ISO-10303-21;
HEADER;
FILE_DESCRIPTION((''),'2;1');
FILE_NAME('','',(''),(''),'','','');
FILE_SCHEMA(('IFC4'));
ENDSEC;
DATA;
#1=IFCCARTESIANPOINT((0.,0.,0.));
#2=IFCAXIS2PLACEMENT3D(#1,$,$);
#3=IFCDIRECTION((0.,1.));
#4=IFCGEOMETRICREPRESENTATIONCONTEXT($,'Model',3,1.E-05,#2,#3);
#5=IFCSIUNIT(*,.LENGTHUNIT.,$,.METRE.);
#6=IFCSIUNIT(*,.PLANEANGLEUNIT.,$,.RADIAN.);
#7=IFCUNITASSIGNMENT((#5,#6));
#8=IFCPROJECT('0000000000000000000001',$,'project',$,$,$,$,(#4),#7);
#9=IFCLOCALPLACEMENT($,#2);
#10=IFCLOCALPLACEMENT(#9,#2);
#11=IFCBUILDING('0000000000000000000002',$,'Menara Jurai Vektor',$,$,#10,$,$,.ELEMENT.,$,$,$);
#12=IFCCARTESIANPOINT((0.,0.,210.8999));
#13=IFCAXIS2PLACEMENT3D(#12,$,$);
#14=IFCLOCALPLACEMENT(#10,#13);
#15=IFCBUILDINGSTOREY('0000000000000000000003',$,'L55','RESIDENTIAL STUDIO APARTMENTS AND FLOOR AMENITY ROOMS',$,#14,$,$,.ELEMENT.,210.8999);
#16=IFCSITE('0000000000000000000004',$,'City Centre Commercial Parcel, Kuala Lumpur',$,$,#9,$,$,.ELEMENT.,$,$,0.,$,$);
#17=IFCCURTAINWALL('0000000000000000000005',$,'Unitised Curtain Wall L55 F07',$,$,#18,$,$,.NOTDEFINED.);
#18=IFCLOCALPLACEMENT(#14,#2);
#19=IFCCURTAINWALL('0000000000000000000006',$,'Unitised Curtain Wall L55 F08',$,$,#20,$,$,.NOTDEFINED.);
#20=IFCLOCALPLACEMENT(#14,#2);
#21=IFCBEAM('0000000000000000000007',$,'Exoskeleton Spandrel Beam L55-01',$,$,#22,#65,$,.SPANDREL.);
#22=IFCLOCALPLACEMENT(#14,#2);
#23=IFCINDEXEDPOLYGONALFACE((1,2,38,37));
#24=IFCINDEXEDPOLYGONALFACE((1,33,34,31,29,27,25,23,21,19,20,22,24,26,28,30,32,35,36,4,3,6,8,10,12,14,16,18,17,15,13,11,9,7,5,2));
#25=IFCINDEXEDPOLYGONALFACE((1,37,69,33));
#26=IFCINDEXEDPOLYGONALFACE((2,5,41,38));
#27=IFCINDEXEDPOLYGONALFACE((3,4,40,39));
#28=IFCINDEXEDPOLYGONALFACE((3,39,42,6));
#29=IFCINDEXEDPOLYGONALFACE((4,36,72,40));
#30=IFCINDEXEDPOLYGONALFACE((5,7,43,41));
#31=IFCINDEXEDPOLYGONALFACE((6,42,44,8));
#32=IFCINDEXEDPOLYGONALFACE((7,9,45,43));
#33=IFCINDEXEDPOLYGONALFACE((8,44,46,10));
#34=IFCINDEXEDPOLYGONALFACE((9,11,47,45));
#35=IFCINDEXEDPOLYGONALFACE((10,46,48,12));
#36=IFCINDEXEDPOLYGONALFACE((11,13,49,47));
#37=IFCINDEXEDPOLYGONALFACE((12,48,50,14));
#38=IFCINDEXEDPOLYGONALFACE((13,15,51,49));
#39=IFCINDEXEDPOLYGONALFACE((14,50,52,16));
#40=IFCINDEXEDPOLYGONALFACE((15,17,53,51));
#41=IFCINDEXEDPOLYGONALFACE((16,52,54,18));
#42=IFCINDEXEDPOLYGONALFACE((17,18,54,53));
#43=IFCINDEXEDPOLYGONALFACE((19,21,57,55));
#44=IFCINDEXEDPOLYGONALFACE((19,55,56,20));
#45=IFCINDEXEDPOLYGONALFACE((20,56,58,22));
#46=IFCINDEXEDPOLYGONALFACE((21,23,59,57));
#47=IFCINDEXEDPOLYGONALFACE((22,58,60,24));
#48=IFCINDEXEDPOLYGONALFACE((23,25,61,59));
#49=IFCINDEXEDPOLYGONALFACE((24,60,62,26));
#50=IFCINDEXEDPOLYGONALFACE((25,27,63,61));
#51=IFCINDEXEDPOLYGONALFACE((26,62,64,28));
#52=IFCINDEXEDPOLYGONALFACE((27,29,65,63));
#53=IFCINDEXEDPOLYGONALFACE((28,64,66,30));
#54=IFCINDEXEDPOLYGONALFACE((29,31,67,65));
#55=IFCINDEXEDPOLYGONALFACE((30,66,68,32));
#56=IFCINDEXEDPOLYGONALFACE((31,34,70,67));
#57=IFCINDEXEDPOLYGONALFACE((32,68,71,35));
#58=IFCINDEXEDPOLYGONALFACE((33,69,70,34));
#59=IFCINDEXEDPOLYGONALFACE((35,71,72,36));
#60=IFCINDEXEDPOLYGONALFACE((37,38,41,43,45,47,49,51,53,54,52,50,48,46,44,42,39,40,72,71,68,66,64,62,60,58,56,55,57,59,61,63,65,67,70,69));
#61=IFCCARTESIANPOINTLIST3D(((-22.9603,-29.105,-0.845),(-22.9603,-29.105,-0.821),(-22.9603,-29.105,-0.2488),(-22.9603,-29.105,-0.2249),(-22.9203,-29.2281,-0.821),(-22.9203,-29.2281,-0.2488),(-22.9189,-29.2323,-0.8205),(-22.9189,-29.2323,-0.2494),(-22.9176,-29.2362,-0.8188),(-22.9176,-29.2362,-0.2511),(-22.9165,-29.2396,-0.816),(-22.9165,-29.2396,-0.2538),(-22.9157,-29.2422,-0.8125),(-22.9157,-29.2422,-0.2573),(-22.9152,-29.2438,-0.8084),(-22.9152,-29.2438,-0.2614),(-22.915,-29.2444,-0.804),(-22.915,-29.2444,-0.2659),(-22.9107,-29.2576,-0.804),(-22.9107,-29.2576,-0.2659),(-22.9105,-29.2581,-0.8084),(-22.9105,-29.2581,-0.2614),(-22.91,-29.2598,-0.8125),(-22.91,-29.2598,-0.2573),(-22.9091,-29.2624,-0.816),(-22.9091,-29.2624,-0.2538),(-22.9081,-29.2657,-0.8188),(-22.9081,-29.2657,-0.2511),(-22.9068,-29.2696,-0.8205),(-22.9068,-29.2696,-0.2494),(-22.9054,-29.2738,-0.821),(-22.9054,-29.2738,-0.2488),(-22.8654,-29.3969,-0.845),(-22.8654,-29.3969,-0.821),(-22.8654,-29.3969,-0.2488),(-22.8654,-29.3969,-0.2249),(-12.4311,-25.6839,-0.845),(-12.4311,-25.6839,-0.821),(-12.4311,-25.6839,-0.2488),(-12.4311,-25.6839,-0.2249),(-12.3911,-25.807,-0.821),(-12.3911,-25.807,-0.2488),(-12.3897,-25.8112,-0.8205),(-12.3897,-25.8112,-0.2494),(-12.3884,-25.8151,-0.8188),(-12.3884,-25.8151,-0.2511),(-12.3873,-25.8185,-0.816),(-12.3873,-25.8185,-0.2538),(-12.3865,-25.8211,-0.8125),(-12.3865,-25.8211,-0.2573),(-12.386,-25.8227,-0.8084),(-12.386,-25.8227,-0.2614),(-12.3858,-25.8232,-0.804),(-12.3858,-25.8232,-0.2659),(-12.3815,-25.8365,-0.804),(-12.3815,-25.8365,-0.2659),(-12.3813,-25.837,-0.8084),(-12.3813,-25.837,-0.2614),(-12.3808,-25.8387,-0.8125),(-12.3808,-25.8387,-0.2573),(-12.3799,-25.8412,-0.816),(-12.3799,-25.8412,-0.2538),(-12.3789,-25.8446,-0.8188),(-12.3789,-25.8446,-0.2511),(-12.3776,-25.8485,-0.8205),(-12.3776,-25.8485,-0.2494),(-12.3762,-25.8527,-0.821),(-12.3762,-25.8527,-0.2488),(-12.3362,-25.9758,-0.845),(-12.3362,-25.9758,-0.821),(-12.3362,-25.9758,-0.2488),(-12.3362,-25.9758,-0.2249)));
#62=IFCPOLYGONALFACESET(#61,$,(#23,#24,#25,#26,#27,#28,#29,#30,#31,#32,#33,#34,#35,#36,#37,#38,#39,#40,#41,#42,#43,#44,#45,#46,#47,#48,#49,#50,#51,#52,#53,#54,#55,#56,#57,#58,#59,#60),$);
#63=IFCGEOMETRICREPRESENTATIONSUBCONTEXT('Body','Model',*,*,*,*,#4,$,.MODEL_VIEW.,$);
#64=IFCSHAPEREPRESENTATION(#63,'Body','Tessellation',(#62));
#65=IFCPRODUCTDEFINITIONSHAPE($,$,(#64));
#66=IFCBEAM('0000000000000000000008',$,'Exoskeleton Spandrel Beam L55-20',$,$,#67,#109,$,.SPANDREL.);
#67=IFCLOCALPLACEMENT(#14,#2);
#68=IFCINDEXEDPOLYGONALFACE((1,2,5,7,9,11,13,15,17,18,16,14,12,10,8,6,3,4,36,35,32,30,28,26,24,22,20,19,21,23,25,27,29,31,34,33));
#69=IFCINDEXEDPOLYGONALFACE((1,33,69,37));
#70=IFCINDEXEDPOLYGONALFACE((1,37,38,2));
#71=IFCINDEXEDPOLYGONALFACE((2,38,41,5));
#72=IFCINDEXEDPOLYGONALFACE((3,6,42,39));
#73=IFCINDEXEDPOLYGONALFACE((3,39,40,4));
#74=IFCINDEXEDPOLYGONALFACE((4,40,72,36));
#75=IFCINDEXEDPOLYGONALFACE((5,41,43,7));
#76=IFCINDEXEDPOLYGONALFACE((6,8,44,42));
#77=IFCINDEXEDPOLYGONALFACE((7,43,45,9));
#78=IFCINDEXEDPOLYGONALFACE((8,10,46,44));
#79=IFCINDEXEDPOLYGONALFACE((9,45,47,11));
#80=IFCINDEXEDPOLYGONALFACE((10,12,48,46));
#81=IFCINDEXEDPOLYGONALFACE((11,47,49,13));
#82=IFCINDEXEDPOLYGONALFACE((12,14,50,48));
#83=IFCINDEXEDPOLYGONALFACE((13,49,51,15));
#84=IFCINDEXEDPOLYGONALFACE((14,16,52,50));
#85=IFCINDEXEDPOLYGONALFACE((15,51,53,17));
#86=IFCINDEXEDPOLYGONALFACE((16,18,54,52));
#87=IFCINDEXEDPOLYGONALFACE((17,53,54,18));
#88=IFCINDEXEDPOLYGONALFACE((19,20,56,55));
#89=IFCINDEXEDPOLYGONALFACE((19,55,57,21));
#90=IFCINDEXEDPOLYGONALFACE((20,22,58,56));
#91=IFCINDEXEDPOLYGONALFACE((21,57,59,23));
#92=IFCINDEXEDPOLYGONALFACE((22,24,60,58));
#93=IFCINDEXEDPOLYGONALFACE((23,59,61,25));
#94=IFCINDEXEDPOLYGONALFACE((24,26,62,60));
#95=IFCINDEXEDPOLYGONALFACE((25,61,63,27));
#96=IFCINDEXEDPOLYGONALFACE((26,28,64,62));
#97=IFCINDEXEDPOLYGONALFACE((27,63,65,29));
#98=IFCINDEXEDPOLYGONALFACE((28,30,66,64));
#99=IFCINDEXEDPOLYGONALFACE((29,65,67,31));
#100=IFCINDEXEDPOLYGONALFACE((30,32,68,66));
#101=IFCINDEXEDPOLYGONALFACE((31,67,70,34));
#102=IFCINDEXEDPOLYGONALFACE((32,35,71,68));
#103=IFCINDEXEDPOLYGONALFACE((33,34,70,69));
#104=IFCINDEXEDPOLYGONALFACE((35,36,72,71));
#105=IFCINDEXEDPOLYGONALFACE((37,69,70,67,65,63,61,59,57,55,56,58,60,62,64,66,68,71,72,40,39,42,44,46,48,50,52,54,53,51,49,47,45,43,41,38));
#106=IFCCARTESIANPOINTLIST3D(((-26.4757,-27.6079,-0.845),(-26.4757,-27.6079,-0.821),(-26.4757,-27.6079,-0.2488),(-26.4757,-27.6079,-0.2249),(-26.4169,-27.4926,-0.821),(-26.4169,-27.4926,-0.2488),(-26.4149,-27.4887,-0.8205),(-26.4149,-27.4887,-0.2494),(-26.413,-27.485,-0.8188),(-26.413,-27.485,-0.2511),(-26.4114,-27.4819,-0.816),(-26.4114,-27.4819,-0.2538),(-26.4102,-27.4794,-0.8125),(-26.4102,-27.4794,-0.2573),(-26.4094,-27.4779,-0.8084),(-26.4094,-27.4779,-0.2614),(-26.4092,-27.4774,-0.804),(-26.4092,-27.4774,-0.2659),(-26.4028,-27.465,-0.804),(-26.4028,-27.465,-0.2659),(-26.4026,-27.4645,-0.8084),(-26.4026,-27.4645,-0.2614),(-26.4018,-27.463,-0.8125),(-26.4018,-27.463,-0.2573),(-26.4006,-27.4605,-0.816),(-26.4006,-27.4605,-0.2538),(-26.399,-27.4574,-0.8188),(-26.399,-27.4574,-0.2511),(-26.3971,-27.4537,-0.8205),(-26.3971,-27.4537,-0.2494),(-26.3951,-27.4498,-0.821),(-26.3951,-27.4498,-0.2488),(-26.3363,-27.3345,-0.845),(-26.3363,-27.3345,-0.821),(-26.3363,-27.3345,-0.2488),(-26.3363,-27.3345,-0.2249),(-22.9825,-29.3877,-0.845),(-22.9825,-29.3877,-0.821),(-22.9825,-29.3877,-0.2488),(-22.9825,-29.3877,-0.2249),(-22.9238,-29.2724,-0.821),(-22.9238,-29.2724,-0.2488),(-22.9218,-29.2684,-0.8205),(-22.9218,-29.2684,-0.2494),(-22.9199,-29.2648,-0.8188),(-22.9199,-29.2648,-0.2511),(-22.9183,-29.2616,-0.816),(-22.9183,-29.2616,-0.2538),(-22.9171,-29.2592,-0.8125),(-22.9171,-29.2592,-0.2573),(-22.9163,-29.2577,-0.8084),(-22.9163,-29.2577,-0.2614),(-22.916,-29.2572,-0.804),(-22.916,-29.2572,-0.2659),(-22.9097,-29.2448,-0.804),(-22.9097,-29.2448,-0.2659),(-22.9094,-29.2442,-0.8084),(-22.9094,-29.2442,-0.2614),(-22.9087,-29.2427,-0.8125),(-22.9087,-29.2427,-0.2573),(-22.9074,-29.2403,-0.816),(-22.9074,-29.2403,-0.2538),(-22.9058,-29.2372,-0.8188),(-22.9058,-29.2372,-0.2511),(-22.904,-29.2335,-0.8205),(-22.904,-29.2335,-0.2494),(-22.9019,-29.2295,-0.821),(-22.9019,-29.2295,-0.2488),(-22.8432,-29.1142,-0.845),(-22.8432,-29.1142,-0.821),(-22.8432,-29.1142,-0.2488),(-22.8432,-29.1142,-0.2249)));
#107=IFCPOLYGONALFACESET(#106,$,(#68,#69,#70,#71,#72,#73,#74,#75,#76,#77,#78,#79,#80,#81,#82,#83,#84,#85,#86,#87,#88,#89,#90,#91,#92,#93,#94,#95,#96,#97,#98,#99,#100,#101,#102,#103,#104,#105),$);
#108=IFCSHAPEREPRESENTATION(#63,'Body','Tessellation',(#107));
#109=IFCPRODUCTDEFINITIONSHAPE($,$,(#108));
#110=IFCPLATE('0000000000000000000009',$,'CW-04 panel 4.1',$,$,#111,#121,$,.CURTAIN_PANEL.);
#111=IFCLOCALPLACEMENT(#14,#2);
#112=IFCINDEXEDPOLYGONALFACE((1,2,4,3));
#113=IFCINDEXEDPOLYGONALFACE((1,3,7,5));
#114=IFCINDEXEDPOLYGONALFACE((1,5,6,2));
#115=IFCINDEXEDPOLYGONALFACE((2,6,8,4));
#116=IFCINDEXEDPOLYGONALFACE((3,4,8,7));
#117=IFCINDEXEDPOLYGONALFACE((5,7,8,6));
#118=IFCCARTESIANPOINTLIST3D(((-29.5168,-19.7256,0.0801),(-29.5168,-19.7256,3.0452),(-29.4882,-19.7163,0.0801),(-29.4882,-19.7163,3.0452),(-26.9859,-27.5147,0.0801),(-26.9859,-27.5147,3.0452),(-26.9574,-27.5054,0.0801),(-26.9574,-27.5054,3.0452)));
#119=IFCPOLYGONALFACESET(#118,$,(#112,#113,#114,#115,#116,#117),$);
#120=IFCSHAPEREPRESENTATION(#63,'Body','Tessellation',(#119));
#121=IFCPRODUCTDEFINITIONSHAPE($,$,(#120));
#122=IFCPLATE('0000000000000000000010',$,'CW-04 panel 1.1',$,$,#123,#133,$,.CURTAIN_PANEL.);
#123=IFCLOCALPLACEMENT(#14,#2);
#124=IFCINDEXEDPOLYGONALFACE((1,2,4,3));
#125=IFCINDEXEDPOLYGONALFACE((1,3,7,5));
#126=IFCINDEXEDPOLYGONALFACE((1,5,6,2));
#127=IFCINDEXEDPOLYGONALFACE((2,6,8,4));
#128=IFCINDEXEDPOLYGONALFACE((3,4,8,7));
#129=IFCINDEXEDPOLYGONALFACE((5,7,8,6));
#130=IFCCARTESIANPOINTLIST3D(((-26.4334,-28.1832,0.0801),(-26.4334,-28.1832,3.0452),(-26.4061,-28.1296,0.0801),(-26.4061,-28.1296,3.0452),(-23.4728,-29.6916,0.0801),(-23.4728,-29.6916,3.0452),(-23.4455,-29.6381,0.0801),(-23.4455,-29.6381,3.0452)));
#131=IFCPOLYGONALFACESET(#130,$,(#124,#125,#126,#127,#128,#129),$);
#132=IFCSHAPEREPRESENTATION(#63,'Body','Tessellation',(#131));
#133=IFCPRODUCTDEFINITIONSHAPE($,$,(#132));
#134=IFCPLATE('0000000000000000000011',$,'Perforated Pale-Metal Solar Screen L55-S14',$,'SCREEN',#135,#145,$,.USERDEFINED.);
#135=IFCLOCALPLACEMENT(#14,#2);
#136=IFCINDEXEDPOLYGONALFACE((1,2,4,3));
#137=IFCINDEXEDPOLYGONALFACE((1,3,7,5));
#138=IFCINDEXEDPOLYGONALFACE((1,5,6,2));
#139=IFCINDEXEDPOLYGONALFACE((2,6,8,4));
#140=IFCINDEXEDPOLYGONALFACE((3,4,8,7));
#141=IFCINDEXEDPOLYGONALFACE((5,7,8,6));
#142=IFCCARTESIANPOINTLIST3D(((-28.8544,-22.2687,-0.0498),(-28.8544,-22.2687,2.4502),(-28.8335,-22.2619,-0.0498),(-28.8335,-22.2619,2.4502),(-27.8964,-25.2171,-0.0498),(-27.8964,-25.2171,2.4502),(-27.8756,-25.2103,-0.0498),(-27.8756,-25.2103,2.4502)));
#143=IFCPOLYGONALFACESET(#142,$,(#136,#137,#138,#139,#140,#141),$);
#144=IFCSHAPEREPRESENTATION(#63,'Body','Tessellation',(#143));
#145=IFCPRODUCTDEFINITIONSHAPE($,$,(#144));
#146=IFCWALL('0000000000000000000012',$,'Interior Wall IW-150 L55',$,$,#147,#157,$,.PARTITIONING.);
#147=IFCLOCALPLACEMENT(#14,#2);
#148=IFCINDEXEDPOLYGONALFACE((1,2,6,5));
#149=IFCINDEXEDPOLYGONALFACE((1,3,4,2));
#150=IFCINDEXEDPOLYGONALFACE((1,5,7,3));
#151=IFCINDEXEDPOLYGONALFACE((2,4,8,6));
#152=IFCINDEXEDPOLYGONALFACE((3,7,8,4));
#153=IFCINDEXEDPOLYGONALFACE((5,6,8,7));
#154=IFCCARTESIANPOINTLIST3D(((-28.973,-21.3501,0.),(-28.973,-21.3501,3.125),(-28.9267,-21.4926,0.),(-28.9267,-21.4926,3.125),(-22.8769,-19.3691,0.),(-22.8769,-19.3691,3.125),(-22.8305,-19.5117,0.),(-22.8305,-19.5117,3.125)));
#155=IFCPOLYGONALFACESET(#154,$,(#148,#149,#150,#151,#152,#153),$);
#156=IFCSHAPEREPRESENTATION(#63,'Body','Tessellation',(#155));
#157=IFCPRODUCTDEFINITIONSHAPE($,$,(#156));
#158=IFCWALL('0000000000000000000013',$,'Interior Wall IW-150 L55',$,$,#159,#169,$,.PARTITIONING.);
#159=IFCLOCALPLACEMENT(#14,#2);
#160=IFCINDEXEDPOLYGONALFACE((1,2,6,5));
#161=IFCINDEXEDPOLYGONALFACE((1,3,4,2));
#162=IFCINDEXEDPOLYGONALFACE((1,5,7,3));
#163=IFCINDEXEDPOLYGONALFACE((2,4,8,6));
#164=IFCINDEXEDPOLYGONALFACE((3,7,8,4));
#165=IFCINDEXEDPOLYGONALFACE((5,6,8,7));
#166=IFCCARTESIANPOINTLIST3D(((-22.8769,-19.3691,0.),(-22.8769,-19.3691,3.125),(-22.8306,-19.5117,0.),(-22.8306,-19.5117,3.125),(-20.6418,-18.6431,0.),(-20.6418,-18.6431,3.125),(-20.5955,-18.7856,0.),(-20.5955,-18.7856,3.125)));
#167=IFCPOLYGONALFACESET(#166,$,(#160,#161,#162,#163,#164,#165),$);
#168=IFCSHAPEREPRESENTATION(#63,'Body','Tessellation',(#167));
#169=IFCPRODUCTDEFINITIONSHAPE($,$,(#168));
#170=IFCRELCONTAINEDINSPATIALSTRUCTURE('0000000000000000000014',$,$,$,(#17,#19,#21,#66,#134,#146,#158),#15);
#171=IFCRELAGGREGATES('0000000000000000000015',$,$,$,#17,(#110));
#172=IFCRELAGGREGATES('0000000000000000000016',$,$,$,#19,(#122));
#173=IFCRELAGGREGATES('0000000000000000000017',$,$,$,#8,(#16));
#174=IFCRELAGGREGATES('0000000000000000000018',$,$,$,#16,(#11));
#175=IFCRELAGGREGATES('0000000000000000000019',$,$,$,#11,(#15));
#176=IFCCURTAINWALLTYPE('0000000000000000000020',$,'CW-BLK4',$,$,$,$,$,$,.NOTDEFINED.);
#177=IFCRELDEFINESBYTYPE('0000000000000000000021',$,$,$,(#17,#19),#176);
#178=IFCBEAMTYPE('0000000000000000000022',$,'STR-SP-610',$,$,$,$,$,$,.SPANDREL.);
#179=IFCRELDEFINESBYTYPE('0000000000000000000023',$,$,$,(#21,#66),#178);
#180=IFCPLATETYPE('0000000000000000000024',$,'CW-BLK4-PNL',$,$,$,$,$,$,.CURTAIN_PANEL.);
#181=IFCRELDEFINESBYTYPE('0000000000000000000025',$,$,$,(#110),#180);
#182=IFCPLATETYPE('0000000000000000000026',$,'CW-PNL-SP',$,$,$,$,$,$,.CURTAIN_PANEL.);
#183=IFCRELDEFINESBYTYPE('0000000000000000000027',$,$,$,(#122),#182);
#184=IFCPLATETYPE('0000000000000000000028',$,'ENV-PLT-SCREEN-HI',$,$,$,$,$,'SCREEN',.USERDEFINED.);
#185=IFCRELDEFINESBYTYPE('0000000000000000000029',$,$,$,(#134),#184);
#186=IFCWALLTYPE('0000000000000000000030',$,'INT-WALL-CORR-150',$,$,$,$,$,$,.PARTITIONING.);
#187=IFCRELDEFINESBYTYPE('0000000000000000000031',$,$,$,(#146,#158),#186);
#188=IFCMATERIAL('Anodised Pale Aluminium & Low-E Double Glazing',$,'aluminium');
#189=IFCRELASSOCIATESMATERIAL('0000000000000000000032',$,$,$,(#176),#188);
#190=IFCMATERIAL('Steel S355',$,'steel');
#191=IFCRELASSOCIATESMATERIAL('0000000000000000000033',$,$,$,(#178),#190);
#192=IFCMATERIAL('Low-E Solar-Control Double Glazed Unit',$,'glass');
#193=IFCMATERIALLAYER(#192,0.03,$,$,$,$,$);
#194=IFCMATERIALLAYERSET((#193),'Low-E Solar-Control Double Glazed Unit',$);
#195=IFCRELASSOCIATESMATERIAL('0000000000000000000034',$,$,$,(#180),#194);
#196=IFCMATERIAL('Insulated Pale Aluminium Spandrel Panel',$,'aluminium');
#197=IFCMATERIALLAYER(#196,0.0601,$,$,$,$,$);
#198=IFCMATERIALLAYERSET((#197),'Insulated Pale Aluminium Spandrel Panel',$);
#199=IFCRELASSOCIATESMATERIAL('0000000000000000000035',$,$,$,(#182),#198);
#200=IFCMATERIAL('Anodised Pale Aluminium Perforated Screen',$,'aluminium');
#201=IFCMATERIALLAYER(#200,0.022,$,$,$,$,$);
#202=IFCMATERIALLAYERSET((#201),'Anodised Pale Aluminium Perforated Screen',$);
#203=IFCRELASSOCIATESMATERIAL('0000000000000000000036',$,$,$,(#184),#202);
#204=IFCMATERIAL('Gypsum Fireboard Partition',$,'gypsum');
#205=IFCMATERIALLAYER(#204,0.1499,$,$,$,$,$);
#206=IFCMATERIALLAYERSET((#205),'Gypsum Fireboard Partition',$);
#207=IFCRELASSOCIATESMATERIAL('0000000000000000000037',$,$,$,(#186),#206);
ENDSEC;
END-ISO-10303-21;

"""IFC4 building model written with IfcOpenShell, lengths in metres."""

from ifc_helpers import new_model, si_unit, direction, frame, frame_2d, origin, origin_2d, place, context, subcontext, project, spatial, rectangle, i_section, extrude, material, layer, layer_set, material_profile, profile_set, type_object, element, aggregate, save


model = new_model("IFC4")

# Units and contexts
model_context = context("Model", 3, precision=1e-05, world=origin(), true_north=direction((0.0, 1.0)))
body_context = subcontext(model_context, "Body", "Model", "MODEL_VIEW")
ifc_project = project(units=[si_unit("LENGTHUNIT", "METRE"), si_unit("PLANEANGLEUNIT", "RADIAN")], contexts=[model_context])

# Site, building, storey
site_placement = place(None, origin())
site = spatial("IfcSite", under=ifc_project, at=site_placement, Name="City Centre Commercial Parcel, Kuala Lumpur", CompositionType="ELEMENT", RefElevation=0.0)
building_placement = place(site_placement, origin())
building = spatial("IfcBuilding", under=site, at=building_placement, Name="Menara Jurai Vektor", CompositionType="ELEMENT")
storey_placement = place(building_placement, frame((0.0, 0.0, 210.8999)))
storey = spatial("IfcBuildingStorey", under=building, at=storey_placement, Name="L55", Description="RESIDENTIAL STUDIO APARTMENTS AND FLOOR AMENITY ROOMS", CompositionType="ELEMENT", Elevation=210.8999)

# Shared definitions
ifc_material_1 = material(Name="Anodised Pale Aluminium & Low-E Double Glazing", Category="aluminium")
curtain_wall_type = type_object("IfcCurtainWallType", Name="CW-BLK4", PredefinedType="NOTDEFINED", material=ifc_material_1)

# Curtain walls
curtain_wall_1_placement = place(storey_placement, origin())
curtain_wall_1 = element("IfcCurtainWall", 1, at=curtain_wall_1_placement, inside=storey, type_object=curtain_wall_type, Name="Unitised Curtain Wall L55 F07", PredefinedType="NOTDEFINED")
curtain_wall_2_placement = place(storey_placement, origin())
curtain_wall_2 = element("IfcCurtainWall", 2, at=curtain_wall_2_placement, inside=storey, type_object=curtain_wall_type, Name="Unitised Curtain Wall L55 F08", PredefinedType="NOTDEFINED")

# Shared definitions
ifc_material_2 = material(Name="Steel S355", Category="steel")

# Beams
ifc_material_profile_1 = material_profile(ifc_material_2, i_section(OverallWidth=0.3069, OverallDepth=0.6201, WebThickness=0.0139, FlangeThickness=0.0239, FilletRadius=0.0171, at=origin_2d()), Name="UKB 610x305x179")
ifc_profile_set_1 = profile_set([ifc_material_profile_1], Name="Steel S355")
beam_type_1 = type_object("IfcBeamType", Name="STR-SP-610", PredefinedType="SPANDREL", material=ifc_profile_set_1)
beam_1_placement = place(storey_placement, frame((-22.9128, -29.251, -0.5349), z_axis=(0.951057, 0.309014, 0.0), x_axis=(-0.309014, 0.951057, 0.0)))
element("IfcBeam", 3, at=beam_1_placement, inside=storey, type_object=beam_type_1, Name="Exoskeleton Spandrel Beam L55-01", PredefinedType="SPANDREL", context=body_context, shape_type="SweptSolid", body=[
    extrude(i_section(OverallWidth=0.3069, OverallDepth=0.6201, WebThickness=0.0139, FlangeThickness=0.0239, FilletRadius=0.0171, at=origin_2d()), origin(), (0.0, 0.0, 1.0), 11.071),
])
beam_2_placement = place(storey_placement, frame((-26.406, -27.4712, -0.5349), z_axis=(0.891014, -0.453976, 0.0), x_axis=(0.453976, 0.891014, 0.0)))
element("IfcBeam", 4, at=beam_2_placement, inside=storey, type_object=beam_type_1, Name="Exoskeleton Spandrel Beam L55-20", PredefinedType="SPANDREL", context=body_context, shape_type="SweptSolid", body=[
    extrude(i_section(OverallWidth=0.3069, OverallDepth=0.6201, WebThickness=0.0139, FlangeThickness=0.0239, FilletRadius=0.0171, at=origin_2d()), origin(), (0.0, 0.0, 1.0), 3.9204),
])

# Plates
ifc_material_3 = material(Name="Low-E Solar-Control Double Glazed Unit", Category="glass")
ifc_layer_1 = layer(ifc_material_3, 0.03)
ifc_layer_set_1 = layer_set([ifc_layer_1], Name="Low-E Solar-Control Double Glazed Unit")
plate_type_1 = type_object("IfcPlateType", Name="CW-BLK4-PNL", PredefinedType="CURTAIN_PANEL", material=ifc_layer_set_1)
plate_1_placement = place(storey_placement, frame((-28.2371, -23.6155, 0.0801), z_axis=(0.0, 0.0, 1.0), x_axis=(0.309016, -0.951057, 0.0)))
plate_1 = element("IfcPlate", 5, at=plate_1_placement, type_object=plate_type_1, Name="CW-04 panel 4.1", PredefinedType="CURTAIN_PANEL", context=body_context, shape_type="SweptSolid", body=[
    extrude(rectangle(XDim=8.1899, YDim=0.03, at=origin_2d()), origin(), (0.0, 0.0, 1.0), 2.9651),
])
aggregate(curtain_wall_1, [plate_1])
ifc_material_4 = material(Name="Insulated Pale Aluminium Spandrel Panel", Category="aluminium")
ifc_layer_2 = layer(ifc_material_4, 0.0601)
ifc_layer_set_2 = layer_set([ifc_layer_2], Name="Insulated Pale Aluminium Spandrel Panel")
plate_type_2 = type_object("IfcPlateType", Name="CW-PNL-SP", PredefinedType="CURTAIN_PANEL", material=ifc_layer_set_2)
plate_2_placement = place(storey_placement, frame((-24.9395, -28.9106, 0.0801), z_axis=(0.0, 0.0, 1.0), x_axis=(0.891008, -0.453989, 0.0)))
plate_2 = element("IfcPlate", 6, at=plate_2_placement, type_object=plate_type_2, Name="CW-04 panel 1.1", PredefinedType="CURTAIN_PANEL", context=body_context, shape_type="SweptSolid", body=[
    extrude(rectangle(XDim=3.3228, YDim=0.0601, at=origin_2d()), origin(), (0.0, 0.0, 1.0), 2.9651),
])
aggregate(curtain_wall_2, [plate_2])
ifc_material_5 = material(Name="Anodised Pale Aluminium Perforated Screen", Category="aluminium")
ifc_layer_3 = layer(ifc_material_5, 0.022)
ifc_layer_set_3 = layer_set([ifc_layer_3], Name="Anodised Pale Aluminium Perforated Screen")
plate_type_3 = type_object("IfcPlateType", Name="ENV-PLT-SCREEN-HI", ElementType="SCREEN", PredefinedType="USERDEFINED", material=ifc_layer_set_3)
plate_3_placement = place(storey_placement, frame((-28.365, -23.7395, -0.0498), z_axis=(0.0, 0.0, 1.0), x_axis=(0.309017, -0.951057, 0.0)))
element("IfcPlate", 7, at=plate_3_placement, inside=storey, type_object=plate_type_3, Name="Perforated Pale-Metal Solar Screen L55-S14", ObjectType="SCREEN", PredefinedType="USERDEFINED", context=body_context, shape_type="SweptSolid", body=[
    extrude(rectangle(XDim=3.1001, YDim=0.022, at=origin_2d()), origin(), (0.0, 0.0, 1.0), 2.5),
])

# Walls
ifc_material_6 = material(Name="Gypsum Fireboard Partition", Category="gypsum")
ifc_layer_4 = layer(ifc_material_6, 0.1499)
ifc_layer_set_4 = layer_set([ifc_layer_4], Name="Gypsum Fireboard Partition")
wall_type = type_object("IfcWallType", Name="INT-WALL-CORR-150", PredefinedType="PARTITIONING", material=ifc_layer_set_4)
wall_1_placement = place(storey_placement, frame((-28.95, -21.4214, 0.0), z_axis=(0.0, 0.0, 1.0), x_axis=(0.951048, 0.309043, 0.0)))
element("IfcWall", 8, at=wall_1_placement, inside=storey, type_object=wall_type, Name="Interior Wall IW-150 L55", PredefinedType="PARTITIONING", context=body_context, shape_type="SweptSolid", body=[
    extrude(rectangle(XDim=6.4099, YDim=0.1499, at=frame_2d((3.2051, 0.0))), origin(), (0.0, 0.0, 1.0), 3.125),
])
wall_2_placement = place(storey_placement, frame((-22.8538, -19.4404, 0.0), z_axis=(0.0, 0.0, 1.0), x_axis=(0.951076, 0.308957, 0.0)))
element("IfcWall", 9, at=wall_2_placement, inside=storey, type_object=wall_type, Name="Interior Wall IW-150 L55", PredefinedType="PARTITIONING", context=body_context, shape_type="SweptSolid", body=[
    extrude(rectangle(XDim=2.3501, YDim=0.1499, at=frame_2d((1.175, 0.0))), origin(), (0.0, 0.0, 1.0), 3.125),
])

save(model, "model.ifc")
